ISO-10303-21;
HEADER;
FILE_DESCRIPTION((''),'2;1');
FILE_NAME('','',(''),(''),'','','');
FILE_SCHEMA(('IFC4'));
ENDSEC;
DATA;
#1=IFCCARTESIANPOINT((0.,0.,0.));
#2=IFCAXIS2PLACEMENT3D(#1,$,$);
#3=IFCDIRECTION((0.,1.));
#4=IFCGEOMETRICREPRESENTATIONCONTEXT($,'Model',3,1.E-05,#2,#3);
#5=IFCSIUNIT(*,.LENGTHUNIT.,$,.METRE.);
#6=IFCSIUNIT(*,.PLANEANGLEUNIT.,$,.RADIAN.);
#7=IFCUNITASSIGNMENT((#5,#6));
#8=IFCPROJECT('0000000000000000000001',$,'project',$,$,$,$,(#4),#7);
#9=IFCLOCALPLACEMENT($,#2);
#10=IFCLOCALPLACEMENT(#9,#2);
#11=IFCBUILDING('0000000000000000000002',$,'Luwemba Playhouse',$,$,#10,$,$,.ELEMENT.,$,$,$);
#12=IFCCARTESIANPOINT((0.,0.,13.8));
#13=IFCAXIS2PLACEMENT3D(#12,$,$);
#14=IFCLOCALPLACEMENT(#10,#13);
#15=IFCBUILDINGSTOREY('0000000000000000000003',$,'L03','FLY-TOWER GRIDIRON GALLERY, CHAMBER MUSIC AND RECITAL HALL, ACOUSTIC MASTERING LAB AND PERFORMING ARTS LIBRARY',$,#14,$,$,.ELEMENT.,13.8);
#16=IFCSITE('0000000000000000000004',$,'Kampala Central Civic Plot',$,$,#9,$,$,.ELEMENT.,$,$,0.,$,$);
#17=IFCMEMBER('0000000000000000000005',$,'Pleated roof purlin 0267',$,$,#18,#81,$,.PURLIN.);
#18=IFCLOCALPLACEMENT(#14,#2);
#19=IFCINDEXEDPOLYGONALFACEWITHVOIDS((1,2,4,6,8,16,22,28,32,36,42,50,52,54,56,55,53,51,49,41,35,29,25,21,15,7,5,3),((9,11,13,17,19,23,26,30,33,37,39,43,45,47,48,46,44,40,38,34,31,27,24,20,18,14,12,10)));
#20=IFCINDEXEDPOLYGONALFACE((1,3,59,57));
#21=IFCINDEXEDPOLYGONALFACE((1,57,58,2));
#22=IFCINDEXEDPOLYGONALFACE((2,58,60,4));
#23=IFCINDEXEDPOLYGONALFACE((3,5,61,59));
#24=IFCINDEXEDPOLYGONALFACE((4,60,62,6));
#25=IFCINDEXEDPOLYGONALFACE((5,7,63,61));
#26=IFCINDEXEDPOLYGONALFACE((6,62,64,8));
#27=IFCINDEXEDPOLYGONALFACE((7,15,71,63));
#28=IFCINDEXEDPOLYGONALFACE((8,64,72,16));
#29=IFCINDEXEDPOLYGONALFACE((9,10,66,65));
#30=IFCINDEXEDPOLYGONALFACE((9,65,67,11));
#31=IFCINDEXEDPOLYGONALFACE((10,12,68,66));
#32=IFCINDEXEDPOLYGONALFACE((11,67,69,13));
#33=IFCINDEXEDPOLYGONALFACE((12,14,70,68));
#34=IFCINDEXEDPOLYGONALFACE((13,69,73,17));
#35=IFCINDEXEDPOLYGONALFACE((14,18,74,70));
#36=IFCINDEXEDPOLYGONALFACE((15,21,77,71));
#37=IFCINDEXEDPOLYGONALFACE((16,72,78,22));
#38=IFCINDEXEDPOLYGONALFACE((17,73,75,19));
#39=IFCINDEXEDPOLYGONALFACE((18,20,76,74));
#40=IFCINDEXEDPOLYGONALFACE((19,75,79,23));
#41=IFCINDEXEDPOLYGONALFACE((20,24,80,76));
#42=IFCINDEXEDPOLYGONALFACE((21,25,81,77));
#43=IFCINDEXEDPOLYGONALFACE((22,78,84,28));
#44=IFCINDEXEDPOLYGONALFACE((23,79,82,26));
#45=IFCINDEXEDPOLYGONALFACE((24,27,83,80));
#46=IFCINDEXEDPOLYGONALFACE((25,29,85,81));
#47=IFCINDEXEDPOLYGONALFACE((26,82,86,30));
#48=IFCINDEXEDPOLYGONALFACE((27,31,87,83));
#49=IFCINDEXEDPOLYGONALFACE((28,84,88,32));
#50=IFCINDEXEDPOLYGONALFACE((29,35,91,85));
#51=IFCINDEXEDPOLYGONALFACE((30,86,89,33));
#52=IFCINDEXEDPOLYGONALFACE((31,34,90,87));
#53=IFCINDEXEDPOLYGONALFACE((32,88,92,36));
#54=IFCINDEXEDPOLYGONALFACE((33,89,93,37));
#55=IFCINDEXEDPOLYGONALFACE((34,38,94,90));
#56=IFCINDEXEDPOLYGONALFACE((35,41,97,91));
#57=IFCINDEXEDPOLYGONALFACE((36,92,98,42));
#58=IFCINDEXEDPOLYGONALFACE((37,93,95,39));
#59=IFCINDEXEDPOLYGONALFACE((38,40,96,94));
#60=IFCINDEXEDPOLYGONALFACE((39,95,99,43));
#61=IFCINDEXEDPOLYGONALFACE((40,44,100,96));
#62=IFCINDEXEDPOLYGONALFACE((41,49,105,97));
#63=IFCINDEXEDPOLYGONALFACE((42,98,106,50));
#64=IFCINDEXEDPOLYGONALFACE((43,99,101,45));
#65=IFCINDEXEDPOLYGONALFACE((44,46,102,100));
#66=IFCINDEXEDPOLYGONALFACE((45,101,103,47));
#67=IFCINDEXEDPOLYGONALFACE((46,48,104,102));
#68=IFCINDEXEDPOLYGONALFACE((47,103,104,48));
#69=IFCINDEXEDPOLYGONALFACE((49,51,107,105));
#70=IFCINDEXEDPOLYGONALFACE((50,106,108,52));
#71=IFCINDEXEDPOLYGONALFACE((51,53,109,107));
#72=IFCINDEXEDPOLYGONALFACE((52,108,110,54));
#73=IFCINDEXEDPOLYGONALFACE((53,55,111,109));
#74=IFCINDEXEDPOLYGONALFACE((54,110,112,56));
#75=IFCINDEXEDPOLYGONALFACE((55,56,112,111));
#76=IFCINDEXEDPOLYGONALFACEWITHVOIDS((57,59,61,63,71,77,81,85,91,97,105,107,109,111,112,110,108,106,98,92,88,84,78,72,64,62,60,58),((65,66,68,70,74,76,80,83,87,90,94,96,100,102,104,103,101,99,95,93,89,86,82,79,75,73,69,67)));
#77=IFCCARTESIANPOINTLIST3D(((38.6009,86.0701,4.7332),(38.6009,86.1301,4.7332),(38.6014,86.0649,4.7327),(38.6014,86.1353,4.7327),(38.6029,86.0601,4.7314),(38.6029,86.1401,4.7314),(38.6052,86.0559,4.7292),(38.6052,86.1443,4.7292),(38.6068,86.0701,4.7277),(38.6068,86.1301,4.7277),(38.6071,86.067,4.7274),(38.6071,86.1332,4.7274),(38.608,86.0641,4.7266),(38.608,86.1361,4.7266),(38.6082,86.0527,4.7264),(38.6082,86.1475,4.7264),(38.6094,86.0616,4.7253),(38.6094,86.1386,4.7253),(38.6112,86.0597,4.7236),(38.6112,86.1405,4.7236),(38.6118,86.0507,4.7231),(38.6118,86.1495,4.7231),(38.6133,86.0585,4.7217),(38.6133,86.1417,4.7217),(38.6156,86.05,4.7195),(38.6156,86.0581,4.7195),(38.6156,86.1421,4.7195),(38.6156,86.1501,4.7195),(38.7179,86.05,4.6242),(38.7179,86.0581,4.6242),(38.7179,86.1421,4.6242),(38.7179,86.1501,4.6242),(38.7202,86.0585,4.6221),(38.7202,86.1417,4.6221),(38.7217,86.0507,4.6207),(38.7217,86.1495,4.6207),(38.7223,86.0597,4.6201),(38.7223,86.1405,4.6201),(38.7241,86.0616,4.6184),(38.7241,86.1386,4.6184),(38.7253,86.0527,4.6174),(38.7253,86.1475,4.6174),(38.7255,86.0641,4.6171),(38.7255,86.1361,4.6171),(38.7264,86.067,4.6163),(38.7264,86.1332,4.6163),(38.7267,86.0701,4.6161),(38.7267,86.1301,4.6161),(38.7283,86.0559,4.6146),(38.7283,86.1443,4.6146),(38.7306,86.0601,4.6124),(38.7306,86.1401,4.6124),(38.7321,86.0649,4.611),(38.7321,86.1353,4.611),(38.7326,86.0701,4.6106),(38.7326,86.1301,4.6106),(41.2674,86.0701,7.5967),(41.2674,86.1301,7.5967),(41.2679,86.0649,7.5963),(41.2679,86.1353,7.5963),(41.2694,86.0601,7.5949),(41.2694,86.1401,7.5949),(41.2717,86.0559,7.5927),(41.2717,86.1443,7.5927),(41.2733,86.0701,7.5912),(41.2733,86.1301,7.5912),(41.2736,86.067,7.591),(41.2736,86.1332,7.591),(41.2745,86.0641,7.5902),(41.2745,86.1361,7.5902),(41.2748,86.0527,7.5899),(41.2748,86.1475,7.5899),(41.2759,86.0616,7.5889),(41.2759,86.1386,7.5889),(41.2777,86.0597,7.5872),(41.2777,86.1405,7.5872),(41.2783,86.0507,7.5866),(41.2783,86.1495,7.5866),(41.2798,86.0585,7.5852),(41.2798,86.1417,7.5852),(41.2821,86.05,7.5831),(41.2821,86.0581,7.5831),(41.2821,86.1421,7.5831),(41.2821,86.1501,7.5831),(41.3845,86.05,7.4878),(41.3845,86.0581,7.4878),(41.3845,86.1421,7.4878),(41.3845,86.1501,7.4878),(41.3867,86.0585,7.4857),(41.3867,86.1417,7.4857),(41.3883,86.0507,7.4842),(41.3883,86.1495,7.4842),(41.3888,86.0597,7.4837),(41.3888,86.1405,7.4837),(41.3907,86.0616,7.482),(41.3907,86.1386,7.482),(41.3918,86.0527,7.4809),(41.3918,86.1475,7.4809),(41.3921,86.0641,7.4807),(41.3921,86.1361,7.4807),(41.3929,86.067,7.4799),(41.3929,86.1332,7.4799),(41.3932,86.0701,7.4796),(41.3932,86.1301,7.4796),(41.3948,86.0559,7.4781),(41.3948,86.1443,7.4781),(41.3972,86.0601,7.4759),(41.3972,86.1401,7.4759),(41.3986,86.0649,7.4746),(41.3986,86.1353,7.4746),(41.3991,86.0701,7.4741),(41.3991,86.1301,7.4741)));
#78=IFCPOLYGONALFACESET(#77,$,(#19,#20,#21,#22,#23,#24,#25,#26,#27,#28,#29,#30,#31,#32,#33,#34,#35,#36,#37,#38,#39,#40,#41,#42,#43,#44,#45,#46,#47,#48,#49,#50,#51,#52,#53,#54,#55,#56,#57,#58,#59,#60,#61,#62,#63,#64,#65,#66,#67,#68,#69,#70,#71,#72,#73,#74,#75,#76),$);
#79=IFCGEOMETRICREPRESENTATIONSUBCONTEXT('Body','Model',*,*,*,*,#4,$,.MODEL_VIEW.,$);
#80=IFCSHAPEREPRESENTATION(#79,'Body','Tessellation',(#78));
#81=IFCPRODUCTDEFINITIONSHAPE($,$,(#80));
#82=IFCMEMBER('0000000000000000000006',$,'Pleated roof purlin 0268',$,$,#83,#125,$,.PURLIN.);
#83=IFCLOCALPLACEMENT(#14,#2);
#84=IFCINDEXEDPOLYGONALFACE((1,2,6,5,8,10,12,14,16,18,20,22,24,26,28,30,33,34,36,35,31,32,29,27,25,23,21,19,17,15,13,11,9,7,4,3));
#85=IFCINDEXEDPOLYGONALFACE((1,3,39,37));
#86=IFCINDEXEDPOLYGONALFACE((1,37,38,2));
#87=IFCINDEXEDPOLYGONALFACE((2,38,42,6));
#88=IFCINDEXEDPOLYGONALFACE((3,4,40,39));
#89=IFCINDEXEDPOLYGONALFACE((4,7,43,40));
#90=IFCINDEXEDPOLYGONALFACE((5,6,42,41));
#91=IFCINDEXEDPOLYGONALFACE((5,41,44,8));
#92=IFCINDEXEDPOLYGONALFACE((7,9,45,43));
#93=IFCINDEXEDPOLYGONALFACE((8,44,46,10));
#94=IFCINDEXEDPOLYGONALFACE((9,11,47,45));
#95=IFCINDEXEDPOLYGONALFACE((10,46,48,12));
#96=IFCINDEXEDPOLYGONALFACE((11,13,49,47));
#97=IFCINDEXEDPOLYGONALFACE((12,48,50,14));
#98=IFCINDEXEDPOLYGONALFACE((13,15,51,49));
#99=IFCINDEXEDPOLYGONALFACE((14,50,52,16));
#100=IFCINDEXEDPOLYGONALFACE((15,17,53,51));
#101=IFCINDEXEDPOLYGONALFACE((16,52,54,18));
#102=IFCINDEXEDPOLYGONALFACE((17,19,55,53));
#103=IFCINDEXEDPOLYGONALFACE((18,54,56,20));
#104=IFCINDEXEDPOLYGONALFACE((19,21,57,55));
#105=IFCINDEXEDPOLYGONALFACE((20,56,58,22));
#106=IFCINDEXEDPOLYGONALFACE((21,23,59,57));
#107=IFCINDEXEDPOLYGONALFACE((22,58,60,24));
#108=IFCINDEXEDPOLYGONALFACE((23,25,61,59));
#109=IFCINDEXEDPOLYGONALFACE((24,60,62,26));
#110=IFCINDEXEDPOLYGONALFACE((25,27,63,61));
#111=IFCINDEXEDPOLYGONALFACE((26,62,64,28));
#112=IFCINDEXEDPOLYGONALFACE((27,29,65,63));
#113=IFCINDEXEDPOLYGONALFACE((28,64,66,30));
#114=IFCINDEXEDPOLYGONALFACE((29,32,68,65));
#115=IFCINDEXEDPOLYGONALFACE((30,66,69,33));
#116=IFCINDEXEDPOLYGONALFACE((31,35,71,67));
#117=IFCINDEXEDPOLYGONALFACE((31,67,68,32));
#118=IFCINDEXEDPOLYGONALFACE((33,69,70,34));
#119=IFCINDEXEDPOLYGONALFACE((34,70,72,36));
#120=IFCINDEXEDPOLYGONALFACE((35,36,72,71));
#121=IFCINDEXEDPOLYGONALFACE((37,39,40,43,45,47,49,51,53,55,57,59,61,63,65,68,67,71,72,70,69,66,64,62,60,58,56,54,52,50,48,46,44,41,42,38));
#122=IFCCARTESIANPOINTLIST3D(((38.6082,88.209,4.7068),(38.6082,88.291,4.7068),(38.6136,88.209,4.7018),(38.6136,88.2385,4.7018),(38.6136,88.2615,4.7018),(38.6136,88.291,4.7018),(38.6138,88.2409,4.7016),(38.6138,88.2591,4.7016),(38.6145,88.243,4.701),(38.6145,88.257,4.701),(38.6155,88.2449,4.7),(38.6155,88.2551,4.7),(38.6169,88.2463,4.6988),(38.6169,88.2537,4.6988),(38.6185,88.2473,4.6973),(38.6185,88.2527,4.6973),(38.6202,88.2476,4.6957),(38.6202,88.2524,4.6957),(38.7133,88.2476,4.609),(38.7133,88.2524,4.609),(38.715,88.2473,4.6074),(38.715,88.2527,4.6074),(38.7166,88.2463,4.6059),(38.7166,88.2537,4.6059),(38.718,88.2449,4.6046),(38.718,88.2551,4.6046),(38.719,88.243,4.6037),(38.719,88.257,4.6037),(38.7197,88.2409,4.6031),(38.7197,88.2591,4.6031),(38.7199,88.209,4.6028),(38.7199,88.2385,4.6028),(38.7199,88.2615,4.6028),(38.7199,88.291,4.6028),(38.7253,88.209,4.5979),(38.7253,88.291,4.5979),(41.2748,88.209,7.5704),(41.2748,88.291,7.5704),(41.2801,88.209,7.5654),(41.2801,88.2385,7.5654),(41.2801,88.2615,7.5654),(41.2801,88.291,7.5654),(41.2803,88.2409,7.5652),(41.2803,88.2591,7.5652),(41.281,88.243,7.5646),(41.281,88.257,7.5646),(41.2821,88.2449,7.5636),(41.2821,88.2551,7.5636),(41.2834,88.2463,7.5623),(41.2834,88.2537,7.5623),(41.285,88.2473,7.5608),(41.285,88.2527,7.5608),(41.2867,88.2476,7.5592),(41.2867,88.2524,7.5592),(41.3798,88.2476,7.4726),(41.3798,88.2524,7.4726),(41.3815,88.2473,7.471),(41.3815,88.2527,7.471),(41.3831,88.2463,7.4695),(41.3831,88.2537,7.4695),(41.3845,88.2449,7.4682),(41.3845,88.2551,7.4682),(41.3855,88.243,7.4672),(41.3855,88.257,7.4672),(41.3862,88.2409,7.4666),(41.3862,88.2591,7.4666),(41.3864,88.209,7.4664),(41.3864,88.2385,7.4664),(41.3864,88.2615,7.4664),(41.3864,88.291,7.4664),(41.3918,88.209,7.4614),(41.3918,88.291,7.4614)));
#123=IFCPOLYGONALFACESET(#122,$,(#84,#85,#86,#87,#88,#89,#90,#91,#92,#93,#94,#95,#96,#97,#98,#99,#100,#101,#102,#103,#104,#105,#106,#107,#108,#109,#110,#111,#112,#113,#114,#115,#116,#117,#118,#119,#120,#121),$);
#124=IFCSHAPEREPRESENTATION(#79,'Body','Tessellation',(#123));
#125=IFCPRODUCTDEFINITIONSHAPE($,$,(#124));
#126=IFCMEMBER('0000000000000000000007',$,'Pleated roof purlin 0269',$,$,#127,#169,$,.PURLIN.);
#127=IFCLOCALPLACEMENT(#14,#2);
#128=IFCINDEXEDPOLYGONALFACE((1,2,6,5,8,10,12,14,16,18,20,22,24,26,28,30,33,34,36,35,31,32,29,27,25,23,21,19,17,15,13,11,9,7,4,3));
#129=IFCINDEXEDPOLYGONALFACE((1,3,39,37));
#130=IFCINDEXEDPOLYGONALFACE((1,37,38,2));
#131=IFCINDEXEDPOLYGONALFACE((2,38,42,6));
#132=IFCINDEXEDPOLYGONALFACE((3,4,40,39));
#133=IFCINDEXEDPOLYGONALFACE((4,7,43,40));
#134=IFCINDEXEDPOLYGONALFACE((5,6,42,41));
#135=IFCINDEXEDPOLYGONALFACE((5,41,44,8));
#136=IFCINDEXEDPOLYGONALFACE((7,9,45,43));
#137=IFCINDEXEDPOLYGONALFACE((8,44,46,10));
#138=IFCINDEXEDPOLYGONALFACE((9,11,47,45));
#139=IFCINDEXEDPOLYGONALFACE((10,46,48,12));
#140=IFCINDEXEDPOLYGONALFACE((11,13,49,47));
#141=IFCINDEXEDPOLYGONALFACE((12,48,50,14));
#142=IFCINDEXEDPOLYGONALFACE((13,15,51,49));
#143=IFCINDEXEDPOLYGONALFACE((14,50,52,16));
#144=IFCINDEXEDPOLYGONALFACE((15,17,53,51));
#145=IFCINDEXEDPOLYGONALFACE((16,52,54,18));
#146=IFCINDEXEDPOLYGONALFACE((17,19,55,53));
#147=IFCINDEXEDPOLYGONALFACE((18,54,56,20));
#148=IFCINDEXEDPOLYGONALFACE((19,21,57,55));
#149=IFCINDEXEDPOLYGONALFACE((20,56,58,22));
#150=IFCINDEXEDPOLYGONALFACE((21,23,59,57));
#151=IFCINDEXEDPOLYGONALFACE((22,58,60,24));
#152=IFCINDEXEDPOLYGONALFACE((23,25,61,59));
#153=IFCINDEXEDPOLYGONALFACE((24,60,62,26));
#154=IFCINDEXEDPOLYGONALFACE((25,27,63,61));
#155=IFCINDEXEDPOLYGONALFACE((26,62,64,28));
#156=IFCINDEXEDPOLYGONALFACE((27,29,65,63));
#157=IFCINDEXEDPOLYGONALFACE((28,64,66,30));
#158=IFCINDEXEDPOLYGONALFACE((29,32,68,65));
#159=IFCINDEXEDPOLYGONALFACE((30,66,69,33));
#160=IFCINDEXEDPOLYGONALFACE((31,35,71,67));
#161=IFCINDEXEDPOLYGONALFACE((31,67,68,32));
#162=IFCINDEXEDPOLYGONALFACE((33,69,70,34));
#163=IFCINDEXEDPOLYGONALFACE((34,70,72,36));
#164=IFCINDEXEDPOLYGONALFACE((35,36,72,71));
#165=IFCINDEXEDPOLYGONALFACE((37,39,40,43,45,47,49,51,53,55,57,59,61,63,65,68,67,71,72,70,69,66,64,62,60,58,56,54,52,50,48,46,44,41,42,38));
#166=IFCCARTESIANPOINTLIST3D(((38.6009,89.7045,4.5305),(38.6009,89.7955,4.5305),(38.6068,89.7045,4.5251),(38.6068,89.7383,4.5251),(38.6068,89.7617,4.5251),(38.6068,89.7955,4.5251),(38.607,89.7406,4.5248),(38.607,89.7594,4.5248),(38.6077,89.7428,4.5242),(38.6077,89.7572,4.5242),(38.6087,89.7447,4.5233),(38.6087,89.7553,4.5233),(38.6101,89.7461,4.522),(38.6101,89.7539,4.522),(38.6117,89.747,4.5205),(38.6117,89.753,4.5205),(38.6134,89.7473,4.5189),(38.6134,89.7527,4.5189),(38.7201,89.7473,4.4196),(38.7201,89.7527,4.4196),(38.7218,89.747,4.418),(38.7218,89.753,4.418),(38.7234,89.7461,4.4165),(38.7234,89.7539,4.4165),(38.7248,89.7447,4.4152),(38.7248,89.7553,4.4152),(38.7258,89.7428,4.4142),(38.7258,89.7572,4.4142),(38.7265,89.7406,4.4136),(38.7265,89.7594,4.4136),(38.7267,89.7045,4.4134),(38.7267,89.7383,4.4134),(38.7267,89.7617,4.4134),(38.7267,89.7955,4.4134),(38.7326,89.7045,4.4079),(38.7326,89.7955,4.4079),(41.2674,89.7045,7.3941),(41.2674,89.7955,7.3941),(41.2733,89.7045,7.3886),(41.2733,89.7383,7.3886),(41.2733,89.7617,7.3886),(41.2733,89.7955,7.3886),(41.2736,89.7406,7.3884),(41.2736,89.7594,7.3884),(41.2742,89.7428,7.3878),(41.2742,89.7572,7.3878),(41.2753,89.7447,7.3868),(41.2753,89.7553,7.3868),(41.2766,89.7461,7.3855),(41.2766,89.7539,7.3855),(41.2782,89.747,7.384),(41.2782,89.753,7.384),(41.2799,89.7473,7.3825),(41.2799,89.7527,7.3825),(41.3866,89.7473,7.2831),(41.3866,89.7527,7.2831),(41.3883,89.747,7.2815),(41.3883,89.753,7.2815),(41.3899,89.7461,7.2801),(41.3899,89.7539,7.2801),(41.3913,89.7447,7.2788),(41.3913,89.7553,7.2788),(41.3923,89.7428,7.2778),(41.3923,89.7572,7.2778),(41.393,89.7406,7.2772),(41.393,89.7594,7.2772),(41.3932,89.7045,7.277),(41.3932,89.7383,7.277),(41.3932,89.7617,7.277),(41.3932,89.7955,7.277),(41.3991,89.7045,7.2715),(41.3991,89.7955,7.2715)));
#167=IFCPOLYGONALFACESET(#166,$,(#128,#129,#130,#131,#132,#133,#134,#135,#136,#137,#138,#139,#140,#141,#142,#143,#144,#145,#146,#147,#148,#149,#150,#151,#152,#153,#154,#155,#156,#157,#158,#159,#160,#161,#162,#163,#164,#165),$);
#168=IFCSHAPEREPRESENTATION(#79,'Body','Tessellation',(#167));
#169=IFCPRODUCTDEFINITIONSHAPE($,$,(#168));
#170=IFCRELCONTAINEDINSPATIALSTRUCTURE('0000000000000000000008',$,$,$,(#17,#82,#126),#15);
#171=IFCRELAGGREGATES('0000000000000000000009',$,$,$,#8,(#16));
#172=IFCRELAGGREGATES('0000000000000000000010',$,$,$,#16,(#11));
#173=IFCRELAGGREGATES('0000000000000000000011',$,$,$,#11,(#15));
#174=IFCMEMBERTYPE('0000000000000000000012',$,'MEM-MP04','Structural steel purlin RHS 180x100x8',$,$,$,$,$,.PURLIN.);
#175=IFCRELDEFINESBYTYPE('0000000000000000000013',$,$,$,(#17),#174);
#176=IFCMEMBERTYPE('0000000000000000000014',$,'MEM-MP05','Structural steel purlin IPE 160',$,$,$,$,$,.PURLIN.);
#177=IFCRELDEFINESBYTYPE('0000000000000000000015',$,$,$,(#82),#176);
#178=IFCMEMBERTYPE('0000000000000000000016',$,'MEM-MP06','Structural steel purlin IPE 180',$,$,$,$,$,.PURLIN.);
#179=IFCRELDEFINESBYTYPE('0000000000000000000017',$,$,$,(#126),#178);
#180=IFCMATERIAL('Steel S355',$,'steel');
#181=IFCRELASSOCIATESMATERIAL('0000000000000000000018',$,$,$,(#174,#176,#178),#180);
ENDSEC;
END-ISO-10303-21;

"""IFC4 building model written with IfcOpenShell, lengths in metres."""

from ifc_helpers import new_model, si_unit, direction, frame, origin, origin_2d, place, context, subcontext, project, spatial, hollow_rectangle, i_section, extrude, material, material_profile, profile_set, type_object, element, save


model = new_model("IFC4")

# Units and contexts
model_context = context("Model", 3, precision=1e-05, world=origin(), true_north=direction((0.0, 1.0)))
body_context = subcontext(model_context, "Body", "Model", "MODEL_VIEW")
ifc_project = project(units=[si_unit("LENGTHUNIT", "METRE"), si_unit("PLANEANGLEUNIT", "RADIAN")], contexts=[model_context])

# Site, building, storey
site_placement = place(None, origin())
site = spatial("IfcSite", under=ifc_project, at=site_placement, Name="Kampala Central Civic Plot", CompositionType="ELEMENT", RefElevation=0.0)
building_placement = place(site_placement, origin())
building = spatial("IfcBuilding", under=site, at=building_placement, Name="Luwemba Playhouse", CompositionType="ELEMENT")
storey_placement = place(building_placement, frame((0.0, 0.0, 13.8)))
storey = spatial("IfcBuildingStorey", under=building, at=storey_placement, Name="L03", Description="FLY-TOWER GRIDIRON GALLERY, CHAMBER MUSIC AND RECITAL HALL, ACOUSTIC MASTERING LAB AND PERFORMING ARTS LIBRARY", CompositionType="ELEMENT", Elevation=13.8)

# Shared definitions
ifc_material_1 = material(Name="Steel S355", Category="steel")

# Members
ifc_material_profile_1 = material_profile(ifc_material_1, hollow_rectangle(XDim=0.1001, YDim=0.1799, WallThickness=0.0081, InnerFilletRadius=0.012, OuterFilletRadius=0.02, at=origin_2d()))
ifc_profile_set_1 = profile_set([ifc_material_profile_1], Name="Steel S355")
member_type_1 = type_object("IfcMemberType", Name="MEM-MP04", Description="Structural steel purlin RHS 180x100x8", PredefinedType="PURLIN", material=ifc_profile_set_1)
member_1_placement = place(storey_placement, frame((38.6667, 86.1001, 4.6719), z_axis=(0.681482, 0.0, 0.731835), x_axis=(0.0, 1.0, 0.0)))
element("IfcMember", 1, at=member_1_placement, inside=storey, type_object=member_type_1, Name="Pleated roof purlin 0267", PredefinedType="PURLIN", context=body_context, shape_type="SweptSolid", body=[
    extrude(hollow_rectangle(XDim=0.1001, YDim=0.1799, WallThickness=0.0081, InnerFilletRadius=0.012, OuterFilletRadius=0.02, at=origin_2d()), origin(), (0.0, 0.0, 1.0), 3.9128),
])
ifc_material_profile_2 = material_profile(ifc_material_1, i_section(OverallWidth=0.082, OverallDepth=0.1599, WebThickness=0.0049, FlangeThickness=0.0073, FilletRadius=0.009, at=origin_2d()))
ifc_profile_set_2 = profile_set([ifc_material_profile_2], Name="Steel S355")
member_type_2 = type_object("IfcMemberType", Name="MEM-MP05", Description="Structural steel purlin IPE 160", PredefinedType="PURLIN", material=ifc_profile_set_2)
member_2_placement = place(storey_placement, frame((38.6667, 88.25, 4.6523), z_axis=(0.681482, 0.0, 0.731835), x_axis=(0.0, 1.0, 0.0)))
element("IfcMember", 2, at=member_2_placement, inside=storey, type_object=member_type_2, Name="Pleated roof purlin 0268", PredefinedType="PURLIN", context=body_context, shape_type="SweptSolid", body=[
    extrude(i_section(OverallWidth=0.082, OverallDepth=0.1599, WebThickness=0.0049, FlangeThickness=0.0073, FilletRadius=0.009, at=origin_2d()), origin(), (0.0, 0.0, 1.0), 3.9128),
])
ifc_material_profile_3 = material_profile(ifc_material_1, i_section(OverallWidth=0.0911, OverallDepth=0.1799, WebThickness=0.0054, FlangeThickness=0.0081, FilletRadius=0.009, at=origin_2d()))
ifc_profile_set_3 = profile_set([ifc_material_profile_3], Name="Steel S355")
member_type_3 = type_object("IfcMemberType", Name="MEM-MP06", Description="Structural steel purlin IPE 180", PredefinedType="PURLIN", material=ifc_profile_set_3)
member_3_placement = place(storey_placement, frame((38.6667, 89.75, 4.4692), z_axis=(0.681482, 0.0, 0.731835), x_axis=(0.0, 1.0, 0.0)))
element("IfcMember", 3, at=member_3_placement, inside=storey, type_object=member_type_3, Name="Pleated roof purlin 0269", PredefinedType="PURLIN", context=body_context, shape_type="SweptSolid", body=[
    extrude(i_section(OverallWidth=0.0911, OverallDepth=0.1799, WebThickness=0.0054, FlangeThickness=0.0081, FilletRadius=0.009, at=origin_2d()), origin(), (0.0, 0.0, 1.0), 3.9128),
])

save(model, "model.ifc")
